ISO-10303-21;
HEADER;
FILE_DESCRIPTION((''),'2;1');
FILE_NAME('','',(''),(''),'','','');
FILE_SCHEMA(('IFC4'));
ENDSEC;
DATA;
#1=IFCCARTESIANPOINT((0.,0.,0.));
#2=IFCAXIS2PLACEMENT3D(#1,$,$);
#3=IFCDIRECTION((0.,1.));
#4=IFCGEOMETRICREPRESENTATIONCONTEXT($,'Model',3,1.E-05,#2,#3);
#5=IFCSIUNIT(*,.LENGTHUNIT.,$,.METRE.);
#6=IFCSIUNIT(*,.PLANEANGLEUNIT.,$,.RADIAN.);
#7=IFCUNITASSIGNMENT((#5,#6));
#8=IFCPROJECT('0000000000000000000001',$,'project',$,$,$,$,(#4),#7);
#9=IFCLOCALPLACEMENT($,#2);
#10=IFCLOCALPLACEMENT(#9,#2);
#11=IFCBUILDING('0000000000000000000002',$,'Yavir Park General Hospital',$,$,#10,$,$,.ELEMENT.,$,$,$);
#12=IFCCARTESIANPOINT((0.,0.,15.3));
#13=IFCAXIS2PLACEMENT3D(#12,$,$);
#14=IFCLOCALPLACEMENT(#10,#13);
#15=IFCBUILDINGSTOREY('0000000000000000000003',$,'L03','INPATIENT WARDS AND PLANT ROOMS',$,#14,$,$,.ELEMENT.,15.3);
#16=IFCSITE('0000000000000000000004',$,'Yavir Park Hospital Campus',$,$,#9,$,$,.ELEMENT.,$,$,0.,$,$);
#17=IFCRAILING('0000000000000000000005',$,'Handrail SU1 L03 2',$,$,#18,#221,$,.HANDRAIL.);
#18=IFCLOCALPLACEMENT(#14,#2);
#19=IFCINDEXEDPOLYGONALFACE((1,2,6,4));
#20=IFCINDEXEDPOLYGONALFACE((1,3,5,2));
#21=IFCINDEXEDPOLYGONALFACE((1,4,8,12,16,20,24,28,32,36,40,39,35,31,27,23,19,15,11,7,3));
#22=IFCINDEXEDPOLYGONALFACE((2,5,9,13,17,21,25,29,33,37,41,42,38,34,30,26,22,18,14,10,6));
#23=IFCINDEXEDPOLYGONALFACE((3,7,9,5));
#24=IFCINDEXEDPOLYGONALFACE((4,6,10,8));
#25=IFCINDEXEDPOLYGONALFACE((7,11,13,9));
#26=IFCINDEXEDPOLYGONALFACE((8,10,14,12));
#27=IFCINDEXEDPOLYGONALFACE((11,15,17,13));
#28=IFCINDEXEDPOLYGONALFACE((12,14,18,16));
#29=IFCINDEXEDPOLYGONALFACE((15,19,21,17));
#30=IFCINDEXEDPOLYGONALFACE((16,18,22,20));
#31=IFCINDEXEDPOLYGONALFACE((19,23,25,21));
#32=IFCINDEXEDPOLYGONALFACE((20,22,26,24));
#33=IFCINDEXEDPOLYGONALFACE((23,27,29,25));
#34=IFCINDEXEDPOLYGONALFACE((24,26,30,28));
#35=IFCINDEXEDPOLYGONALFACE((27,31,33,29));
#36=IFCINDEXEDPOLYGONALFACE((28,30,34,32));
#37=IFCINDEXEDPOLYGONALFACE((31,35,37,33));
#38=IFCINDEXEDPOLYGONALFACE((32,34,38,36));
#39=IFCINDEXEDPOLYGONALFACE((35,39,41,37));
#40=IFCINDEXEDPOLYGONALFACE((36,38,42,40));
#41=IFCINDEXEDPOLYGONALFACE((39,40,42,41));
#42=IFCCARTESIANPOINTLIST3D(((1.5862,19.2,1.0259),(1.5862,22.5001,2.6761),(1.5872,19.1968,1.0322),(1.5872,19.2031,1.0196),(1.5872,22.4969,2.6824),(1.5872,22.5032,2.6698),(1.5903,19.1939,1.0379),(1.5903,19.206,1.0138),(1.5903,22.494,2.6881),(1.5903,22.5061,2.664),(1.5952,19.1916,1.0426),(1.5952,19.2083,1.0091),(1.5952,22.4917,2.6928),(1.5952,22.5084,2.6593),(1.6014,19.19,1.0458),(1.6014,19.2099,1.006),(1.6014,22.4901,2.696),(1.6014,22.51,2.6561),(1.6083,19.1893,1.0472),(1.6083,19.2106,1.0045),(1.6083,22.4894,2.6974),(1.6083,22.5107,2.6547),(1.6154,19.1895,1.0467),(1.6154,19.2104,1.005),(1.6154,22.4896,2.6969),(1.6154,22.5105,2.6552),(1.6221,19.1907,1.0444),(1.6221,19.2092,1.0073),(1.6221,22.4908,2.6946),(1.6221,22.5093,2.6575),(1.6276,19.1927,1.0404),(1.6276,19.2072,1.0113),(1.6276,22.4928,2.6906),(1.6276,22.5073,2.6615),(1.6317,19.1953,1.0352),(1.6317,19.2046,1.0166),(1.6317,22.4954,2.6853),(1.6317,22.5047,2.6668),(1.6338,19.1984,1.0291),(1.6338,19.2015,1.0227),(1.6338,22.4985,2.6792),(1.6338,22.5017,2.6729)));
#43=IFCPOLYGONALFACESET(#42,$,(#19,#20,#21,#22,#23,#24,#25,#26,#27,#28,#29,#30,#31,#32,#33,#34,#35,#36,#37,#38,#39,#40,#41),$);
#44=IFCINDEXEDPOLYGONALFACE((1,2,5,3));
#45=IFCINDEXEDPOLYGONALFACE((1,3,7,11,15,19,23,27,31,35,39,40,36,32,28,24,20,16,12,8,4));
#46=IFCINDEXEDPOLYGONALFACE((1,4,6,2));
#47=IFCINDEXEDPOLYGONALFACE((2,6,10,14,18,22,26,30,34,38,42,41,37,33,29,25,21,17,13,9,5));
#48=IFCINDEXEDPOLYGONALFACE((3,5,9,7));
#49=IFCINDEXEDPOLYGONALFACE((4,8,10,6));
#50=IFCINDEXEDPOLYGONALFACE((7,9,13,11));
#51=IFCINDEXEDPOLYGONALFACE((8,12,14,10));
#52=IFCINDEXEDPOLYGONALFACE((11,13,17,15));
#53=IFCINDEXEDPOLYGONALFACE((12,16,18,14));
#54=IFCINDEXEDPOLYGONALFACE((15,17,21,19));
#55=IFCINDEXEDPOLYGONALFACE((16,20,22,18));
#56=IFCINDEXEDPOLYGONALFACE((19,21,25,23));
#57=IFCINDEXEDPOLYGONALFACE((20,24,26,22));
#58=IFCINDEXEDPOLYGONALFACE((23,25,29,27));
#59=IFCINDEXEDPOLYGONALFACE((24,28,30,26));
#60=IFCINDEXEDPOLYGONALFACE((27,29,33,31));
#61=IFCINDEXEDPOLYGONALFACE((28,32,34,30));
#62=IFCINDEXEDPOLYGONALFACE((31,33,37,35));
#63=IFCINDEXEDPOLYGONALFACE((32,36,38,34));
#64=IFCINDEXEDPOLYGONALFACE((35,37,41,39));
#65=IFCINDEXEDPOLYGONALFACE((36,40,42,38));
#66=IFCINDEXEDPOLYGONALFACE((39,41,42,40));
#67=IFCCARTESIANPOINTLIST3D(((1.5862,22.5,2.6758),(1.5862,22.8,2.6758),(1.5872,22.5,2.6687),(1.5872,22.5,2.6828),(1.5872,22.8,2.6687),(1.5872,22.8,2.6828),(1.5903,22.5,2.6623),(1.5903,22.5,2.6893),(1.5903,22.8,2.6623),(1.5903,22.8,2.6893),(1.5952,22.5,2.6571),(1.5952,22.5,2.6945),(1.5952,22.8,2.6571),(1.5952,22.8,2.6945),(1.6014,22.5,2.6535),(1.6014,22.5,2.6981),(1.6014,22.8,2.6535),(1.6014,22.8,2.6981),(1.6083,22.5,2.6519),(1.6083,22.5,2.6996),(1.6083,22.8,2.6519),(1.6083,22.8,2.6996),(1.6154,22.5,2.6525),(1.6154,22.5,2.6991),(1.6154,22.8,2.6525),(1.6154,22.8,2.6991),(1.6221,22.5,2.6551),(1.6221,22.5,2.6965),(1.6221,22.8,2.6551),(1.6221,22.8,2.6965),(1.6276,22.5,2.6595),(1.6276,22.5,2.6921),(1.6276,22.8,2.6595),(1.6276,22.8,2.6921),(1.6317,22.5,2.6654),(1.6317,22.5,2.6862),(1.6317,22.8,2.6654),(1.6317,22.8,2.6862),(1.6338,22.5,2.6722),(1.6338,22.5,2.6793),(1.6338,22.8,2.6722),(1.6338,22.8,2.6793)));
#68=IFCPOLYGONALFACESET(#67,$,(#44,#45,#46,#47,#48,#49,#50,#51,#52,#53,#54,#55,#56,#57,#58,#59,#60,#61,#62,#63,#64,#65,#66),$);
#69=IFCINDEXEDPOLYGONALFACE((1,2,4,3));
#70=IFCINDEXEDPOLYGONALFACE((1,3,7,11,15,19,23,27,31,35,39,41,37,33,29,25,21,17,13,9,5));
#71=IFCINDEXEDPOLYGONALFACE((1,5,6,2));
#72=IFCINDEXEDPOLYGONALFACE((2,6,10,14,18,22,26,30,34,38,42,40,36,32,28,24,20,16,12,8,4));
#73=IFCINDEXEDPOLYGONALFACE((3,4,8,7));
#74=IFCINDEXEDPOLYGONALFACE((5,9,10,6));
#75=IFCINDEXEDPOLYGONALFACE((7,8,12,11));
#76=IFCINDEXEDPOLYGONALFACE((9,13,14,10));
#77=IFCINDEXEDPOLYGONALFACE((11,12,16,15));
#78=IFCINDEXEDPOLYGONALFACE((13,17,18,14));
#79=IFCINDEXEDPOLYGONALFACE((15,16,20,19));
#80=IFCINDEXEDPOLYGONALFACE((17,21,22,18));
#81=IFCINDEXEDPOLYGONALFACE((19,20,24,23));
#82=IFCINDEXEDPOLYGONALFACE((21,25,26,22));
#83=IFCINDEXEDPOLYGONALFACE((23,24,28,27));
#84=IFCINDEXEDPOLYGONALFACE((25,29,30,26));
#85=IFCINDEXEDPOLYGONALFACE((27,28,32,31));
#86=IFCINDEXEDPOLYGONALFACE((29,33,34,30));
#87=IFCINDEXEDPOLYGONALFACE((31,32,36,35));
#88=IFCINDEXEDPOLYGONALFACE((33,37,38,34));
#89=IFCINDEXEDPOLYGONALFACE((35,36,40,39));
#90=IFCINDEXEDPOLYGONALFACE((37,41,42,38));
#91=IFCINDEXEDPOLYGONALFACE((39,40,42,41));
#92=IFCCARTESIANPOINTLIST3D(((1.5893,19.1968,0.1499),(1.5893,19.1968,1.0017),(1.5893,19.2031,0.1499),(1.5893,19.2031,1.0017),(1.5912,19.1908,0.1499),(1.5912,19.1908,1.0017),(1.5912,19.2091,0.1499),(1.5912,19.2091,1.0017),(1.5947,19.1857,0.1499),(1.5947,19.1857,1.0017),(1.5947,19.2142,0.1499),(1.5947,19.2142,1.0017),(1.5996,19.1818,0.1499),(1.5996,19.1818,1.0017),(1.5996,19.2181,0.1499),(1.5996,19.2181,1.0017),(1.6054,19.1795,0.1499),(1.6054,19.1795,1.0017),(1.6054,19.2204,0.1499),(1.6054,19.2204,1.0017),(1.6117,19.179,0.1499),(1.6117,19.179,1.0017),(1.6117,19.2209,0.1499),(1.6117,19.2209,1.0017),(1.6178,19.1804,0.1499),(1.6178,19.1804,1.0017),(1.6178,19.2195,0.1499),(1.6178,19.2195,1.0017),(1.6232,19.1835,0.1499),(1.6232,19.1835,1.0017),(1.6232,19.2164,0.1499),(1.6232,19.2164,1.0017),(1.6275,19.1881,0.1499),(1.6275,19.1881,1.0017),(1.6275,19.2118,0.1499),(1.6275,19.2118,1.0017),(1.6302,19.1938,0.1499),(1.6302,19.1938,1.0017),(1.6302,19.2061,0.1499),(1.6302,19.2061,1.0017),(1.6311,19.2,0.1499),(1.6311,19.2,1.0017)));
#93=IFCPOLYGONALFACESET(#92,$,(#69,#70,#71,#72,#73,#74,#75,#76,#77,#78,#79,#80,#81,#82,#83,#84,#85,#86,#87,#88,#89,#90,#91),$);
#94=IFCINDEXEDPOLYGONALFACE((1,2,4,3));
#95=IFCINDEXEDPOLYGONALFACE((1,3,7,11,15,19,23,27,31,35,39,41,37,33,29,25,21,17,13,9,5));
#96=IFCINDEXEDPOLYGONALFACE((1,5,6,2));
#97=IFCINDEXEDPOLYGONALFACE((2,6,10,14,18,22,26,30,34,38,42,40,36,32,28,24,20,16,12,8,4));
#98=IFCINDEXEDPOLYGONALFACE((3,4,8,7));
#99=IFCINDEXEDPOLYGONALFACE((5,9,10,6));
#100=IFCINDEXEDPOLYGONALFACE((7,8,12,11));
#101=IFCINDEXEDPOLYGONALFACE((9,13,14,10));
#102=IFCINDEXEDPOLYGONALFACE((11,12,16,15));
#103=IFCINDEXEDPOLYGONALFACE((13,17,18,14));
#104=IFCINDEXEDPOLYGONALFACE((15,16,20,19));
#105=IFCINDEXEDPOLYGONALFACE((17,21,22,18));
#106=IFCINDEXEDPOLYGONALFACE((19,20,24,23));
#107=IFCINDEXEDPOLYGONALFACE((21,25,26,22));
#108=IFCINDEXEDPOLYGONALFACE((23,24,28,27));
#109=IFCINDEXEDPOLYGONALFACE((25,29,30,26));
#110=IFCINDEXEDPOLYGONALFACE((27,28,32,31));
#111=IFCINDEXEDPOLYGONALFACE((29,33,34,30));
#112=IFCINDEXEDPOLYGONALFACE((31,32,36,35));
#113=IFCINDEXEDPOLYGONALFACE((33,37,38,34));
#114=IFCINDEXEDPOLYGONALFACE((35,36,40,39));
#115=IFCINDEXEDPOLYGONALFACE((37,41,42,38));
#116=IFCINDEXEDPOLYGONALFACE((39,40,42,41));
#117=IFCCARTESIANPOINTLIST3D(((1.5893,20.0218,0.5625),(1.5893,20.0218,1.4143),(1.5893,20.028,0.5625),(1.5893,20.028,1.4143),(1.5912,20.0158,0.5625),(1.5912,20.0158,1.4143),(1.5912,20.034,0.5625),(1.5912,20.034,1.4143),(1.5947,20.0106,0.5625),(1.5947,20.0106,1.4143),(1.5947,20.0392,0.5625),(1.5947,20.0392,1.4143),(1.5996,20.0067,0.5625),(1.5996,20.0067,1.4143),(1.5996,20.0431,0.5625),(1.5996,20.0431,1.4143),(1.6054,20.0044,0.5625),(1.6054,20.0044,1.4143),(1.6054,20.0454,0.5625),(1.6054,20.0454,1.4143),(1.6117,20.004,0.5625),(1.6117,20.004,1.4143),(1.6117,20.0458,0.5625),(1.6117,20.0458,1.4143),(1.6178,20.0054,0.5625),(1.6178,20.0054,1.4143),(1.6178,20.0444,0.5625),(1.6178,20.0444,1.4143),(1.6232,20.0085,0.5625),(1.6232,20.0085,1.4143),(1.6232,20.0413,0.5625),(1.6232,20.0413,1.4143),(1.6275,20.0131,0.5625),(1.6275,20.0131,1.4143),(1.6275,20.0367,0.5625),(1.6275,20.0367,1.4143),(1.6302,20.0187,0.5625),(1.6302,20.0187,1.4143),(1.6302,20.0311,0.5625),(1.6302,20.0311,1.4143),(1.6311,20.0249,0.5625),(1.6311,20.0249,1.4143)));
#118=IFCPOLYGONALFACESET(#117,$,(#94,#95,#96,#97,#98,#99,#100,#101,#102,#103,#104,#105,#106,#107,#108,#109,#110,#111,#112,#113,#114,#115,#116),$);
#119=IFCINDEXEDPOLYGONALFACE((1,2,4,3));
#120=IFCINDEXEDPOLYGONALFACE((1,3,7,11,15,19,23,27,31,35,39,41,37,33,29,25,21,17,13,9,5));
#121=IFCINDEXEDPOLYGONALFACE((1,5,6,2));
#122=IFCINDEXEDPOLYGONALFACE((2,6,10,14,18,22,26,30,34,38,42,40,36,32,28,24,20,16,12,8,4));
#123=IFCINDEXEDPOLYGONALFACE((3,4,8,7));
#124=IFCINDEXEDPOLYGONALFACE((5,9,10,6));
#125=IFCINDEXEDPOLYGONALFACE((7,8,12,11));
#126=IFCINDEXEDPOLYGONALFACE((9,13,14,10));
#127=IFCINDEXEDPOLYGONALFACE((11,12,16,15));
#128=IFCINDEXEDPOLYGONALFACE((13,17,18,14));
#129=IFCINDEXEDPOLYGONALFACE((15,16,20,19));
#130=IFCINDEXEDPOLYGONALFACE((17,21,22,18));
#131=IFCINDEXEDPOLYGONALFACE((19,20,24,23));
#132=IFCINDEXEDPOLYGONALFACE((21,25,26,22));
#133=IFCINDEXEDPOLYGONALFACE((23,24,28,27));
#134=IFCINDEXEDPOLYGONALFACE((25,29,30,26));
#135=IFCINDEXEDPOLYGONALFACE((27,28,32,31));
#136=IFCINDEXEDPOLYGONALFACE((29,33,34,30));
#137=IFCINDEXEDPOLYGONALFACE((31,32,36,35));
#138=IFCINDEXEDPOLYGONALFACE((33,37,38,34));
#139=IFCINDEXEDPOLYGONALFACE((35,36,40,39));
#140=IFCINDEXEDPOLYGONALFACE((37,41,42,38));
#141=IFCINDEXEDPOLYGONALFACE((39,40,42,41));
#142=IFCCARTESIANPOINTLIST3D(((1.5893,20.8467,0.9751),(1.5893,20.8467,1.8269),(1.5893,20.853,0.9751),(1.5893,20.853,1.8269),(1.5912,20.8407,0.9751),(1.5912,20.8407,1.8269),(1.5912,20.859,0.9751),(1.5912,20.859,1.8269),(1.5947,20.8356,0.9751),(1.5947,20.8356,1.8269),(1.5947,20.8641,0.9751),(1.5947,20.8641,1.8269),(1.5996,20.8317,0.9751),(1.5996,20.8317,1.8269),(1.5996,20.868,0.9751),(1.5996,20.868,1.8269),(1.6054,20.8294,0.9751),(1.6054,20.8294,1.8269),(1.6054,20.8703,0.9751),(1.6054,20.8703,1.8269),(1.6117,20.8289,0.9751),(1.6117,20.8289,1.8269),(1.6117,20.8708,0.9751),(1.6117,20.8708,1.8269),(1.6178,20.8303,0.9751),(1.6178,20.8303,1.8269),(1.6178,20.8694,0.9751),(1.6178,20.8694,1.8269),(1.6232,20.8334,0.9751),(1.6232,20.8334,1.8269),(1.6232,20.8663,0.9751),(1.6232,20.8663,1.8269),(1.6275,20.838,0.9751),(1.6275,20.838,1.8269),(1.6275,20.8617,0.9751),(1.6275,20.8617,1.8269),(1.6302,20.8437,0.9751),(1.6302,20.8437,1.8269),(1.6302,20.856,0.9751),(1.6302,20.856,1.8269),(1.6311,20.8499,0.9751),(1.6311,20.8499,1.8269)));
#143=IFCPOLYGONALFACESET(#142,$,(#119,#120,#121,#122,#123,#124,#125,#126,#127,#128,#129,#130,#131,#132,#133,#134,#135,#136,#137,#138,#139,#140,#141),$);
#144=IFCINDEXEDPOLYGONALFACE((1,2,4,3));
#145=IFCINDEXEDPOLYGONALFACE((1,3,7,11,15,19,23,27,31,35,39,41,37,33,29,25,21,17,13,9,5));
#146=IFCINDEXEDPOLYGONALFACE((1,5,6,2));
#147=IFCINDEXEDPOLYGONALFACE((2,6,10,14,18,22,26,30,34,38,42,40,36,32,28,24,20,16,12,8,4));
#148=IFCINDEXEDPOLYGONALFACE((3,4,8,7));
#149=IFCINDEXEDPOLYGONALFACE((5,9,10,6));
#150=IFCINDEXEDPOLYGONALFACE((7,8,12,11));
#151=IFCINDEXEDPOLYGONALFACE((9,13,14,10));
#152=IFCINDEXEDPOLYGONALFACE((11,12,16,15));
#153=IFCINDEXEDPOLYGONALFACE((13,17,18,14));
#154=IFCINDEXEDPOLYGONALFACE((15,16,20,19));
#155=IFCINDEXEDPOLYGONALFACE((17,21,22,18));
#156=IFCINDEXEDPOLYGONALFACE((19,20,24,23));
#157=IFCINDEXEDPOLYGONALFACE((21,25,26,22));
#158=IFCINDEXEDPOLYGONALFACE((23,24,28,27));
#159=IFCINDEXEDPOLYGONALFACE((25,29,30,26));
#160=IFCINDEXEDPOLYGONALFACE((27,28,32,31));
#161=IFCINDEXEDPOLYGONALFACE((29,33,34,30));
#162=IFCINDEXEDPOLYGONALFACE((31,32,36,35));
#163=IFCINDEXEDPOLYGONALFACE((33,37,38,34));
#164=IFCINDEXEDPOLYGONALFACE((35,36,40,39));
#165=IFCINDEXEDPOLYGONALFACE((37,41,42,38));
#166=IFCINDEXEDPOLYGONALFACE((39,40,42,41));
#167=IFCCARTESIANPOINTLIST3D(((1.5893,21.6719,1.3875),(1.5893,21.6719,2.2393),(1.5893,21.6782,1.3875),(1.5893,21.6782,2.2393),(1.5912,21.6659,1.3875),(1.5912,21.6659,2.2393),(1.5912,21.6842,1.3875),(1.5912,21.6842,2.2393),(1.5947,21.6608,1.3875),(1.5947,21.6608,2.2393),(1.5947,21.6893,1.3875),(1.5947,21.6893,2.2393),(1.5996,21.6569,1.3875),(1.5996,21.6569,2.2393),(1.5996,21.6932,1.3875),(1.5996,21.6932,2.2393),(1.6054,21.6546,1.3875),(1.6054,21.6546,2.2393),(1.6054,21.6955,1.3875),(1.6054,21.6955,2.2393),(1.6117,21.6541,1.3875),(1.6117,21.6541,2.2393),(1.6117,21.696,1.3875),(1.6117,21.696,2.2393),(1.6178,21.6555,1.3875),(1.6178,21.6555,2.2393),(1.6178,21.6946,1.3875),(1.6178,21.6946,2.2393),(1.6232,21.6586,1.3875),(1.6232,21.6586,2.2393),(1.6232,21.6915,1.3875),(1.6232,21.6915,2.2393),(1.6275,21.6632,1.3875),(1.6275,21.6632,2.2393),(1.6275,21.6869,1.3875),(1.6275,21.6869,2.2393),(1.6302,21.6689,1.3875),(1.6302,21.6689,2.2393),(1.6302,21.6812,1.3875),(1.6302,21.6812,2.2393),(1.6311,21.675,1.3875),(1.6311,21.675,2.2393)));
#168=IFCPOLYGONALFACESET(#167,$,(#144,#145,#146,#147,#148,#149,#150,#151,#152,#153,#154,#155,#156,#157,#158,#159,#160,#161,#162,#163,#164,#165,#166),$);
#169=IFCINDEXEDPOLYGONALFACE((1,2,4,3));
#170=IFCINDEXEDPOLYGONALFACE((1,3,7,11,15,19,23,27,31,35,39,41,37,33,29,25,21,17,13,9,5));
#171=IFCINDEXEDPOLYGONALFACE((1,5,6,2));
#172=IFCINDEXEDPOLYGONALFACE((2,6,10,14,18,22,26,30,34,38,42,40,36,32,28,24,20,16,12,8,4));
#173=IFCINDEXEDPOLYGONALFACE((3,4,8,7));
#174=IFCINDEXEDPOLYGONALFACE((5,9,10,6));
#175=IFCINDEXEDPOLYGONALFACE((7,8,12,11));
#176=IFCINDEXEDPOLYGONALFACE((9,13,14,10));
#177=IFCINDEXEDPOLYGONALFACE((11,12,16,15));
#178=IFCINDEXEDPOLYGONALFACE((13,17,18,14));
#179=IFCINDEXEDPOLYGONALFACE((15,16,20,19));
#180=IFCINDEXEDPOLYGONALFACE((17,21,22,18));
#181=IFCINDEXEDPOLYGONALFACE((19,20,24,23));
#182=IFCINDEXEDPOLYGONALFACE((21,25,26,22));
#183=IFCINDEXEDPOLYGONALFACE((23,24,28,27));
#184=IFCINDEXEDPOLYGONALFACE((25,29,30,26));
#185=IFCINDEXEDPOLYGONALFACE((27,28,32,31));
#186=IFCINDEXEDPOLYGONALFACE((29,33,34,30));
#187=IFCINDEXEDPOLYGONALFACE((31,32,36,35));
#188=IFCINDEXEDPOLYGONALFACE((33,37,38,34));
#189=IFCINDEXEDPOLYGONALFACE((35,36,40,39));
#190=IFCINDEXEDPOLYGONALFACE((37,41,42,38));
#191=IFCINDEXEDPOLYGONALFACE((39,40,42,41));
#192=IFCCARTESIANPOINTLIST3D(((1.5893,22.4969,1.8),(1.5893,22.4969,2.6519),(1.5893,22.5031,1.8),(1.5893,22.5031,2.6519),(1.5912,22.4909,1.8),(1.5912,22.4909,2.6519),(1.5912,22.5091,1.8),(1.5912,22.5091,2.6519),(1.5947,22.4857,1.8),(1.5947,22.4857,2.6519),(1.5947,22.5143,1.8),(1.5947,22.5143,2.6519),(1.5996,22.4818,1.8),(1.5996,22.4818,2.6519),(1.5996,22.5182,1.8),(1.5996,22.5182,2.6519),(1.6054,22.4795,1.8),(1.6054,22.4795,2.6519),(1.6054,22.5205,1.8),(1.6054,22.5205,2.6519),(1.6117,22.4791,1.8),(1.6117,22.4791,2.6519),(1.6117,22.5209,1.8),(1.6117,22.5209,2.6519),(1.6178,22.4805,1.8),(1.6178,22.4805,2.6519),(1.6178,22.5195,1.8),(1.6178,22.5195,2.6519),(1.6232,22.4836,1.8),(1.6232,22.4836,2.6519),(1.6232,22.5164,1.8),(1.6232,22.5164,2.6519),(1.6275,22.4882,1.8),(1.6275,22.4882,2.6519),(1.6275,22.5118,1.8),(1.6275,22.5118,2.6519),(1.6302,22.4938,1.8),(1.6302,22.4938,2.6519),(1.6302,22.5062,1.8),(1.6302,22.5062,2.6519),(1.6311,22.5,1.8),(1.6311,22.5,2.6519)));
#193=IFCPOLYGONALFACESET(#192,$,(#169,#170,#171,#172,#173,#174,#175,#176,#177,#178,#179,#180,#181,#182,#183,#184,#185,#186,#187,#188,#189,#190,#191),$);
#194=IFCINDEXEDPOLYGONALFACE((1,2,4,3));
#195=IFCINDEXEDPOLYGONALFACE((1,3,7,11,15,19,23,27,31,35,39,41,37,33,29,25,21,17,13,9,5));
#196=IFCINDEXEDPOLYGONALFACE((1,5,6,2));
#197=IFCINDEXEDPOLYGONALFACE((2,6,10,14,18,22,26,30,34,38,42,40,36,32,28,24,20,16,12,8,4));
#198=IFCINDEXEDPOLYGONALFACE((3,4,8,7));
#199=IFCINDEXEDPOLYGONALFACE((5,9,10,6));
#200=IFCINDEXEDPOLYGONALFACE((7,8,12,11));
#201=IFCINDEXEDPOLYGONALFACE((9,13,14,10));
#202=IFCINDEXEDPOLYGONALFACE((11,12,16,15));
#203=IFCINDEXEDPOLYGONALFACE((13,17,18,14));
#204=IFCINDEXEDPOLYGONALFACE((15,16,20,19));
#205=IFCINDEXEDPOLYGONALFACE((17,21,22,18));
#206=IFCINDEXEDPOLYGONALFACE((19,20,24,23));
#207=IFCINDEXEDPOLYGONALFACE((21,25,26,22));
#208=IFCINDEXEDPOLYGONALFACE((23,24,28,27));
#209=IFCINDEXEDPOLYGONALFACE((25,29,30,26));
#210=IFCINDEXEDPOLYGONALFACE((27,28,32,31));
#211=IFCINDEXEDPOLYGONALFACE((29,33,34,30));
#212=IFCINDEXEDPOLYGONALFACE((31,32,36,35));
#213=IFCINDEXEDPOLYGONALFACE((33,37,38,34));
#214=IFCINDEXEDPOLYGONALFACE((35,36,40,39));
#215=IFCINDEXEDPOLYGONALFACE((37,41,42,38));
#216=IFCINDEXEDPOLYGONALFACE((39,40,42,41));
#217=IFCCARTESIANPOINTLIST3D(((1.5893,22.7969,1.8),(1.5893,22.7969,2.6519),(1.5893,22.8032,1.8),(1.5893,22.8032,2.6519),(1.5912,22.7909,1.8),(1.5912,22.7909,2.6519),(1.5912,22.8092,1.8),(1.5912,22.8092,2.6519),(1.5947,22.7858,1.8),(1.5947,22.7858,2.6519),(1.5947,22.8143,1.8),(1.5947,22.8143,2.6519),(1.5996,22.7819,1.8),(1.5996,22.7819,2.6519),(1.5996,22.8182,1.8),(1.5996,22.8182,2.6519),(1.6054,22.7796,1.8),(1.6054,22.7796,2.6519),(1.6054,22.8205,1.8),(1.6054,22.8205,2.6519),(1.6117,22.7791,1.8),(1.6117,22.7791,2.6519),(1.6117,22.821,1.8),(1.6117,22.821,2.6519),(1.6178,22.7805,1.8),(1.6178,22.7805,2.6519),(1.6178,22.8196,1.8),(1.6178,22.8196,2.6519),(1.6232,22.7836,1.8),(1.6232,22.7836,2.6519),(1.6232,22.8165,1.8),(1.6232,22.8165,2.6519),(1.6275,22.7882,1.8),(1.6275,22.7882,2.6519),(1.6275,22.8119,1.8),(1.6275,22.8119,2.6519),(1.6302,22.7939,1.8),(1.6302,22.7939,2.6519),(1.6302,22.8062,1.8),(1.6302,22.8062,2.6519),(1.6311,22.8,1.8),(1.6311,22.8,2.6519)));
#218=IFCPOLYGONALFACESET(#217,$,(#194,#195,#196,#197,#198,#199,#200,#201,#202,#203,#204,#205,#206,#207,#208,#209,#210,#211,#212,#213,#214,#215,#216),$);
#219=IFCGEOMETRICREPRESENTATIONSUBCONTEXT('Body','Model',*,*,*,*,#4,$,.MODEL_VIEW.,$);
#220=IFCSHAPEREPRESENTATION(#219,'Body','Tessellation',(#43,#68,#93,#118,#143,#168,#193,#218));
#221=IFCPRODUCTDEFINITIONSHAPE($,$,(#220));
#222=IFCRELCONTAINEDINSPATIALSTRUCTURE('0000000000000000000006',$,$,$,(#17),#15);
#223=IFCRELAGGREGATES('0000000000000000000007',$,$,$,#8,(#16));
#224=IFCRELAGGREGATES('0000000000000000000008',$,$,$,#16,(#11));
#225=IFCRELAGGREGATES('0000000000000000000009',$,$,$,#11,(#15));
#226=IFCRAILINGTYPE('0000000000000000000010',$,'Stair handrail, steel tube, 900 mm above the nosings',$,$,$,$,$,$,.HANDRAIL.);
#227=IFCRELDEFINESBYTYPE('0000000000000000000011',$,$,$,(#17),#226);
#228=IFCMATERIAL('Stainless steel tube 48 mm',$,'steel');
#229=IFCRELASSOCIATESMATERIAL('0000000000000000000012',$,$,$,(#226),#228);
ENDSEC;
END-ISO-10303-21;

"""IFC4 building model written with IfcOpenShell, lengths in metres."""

from ifc_helpers import new_model, si_unit, direction, frame, origin, origin_2d, place, context, subcontext, project, spatial, circle, extrude, material, type_object, element, save


model = new_model("IFC4")

# Units and contexts
model_context = context("Model", 3, precision=1e-05, world=origin(), true_north=direction((0.0, 1.0)))
body_context = subcontext(model_context, "Body", "Model", "MODEL_VIEW")
ifc_project = project(units=[si_unit("LENGTHUNIT", "METRE"), si_unit("PLANEANGLEUNIT", "RADIAN")], contexts=[model_context])

# Site, building, storey
site_placement = place(None, origin())
site = spatial("IfcSite", under=ifc_project, at=site_placement, Name="Yavir Park Hospital Campus", CompositionType="ELEMENT", RefElevation=0.0)
building_placement = place(site_placement, origin())
building = spatial("IfcBuilding", under=site, at=building_placement, Name="Yavir Park General Hospital", CompositionType="ELEMENT")
storey_placement = place(building_placement, frame((0.0, 0.0, 15.3)))
storey = spatial("IfcBuildingStorey", under=building, at=storey_placement, Name="L03", Description="INPATIENT WARDS AND PLANT ROOMS", CompositionType="ELEMENT", Elevation=15.3)

# Railing
ifc_material_1 = material(Name="Stainless steel tube 48 mm", Category="steel")
railing_type = type_object("IfcRailingType", Name="Stair handrail, steel tube, 900 mm above the nosings", PredefinedType="HANDRAIL", material=ifc_material_1)
railing_placement = place(storey_placement, frame((1.6101, 19.2, 0.1499)))
element("IfcRailing", 1, at=railing_placement, inside=storey, type_object=railing_type, Name="Handrail SU1 L03 2", PredefinedType="HANDRAIL", context=body_context, shape_type="SweptSolid", body=[
    extrude(circle(Radius=0.0239, at=origin_2d()), frame((0.0, 0.0, 0.876), z_axis=(0.0, 0.894414, 0.44724), x_axis=(-1.0, 0.0, 0.0)), (0.0, 0.0, 1.0), 3.6897),
    extrude(circle(Radius=0.0239, at=origin_2d()), frame((0.0, 3.3, 2.5259), z_axis=(0.0, 1.0, 0.0), x_axis=(-1.0, 0.0, 0.0)), (0.0, 0.0, 1.0), 0.3),
    extrude(circle(Radius=0.021, at=origin_2d()), origin(), (0.0, 0.0, 1.0), 0.8518),
    extrude(circle(Radius=0.021, at=origin_2d()), frame((0.0, 0.825, 0.4126)), (0.0, 0.0, 1.0), 0.8518),
    extrude(circle(Radius=0.021, at=origin_2d()), frame((0.0, 1.6499, 0.8252)), (0.0, 0.0, 1.0), 0.8518),
    extrude(circle(Radius=0.021, at=origin_2d()), frame((0.0, 2.4751, 1.2375)), (0.0, 0.0, 1.0), 0.8518),
    extrude(circle(Radius=0.021, at=origin_2d()), frame((0.0, 3.3, 1.6501)), (0.0, 0.0, 1.0), 0.8518),
    extrude(circle(Radius=0.021, at=origin_2d()), frame((0.0, 3.6001, 1.6501)), (0.0, 0.0, 1.0), 0.8518),
])

save(model, "model.ifc")
